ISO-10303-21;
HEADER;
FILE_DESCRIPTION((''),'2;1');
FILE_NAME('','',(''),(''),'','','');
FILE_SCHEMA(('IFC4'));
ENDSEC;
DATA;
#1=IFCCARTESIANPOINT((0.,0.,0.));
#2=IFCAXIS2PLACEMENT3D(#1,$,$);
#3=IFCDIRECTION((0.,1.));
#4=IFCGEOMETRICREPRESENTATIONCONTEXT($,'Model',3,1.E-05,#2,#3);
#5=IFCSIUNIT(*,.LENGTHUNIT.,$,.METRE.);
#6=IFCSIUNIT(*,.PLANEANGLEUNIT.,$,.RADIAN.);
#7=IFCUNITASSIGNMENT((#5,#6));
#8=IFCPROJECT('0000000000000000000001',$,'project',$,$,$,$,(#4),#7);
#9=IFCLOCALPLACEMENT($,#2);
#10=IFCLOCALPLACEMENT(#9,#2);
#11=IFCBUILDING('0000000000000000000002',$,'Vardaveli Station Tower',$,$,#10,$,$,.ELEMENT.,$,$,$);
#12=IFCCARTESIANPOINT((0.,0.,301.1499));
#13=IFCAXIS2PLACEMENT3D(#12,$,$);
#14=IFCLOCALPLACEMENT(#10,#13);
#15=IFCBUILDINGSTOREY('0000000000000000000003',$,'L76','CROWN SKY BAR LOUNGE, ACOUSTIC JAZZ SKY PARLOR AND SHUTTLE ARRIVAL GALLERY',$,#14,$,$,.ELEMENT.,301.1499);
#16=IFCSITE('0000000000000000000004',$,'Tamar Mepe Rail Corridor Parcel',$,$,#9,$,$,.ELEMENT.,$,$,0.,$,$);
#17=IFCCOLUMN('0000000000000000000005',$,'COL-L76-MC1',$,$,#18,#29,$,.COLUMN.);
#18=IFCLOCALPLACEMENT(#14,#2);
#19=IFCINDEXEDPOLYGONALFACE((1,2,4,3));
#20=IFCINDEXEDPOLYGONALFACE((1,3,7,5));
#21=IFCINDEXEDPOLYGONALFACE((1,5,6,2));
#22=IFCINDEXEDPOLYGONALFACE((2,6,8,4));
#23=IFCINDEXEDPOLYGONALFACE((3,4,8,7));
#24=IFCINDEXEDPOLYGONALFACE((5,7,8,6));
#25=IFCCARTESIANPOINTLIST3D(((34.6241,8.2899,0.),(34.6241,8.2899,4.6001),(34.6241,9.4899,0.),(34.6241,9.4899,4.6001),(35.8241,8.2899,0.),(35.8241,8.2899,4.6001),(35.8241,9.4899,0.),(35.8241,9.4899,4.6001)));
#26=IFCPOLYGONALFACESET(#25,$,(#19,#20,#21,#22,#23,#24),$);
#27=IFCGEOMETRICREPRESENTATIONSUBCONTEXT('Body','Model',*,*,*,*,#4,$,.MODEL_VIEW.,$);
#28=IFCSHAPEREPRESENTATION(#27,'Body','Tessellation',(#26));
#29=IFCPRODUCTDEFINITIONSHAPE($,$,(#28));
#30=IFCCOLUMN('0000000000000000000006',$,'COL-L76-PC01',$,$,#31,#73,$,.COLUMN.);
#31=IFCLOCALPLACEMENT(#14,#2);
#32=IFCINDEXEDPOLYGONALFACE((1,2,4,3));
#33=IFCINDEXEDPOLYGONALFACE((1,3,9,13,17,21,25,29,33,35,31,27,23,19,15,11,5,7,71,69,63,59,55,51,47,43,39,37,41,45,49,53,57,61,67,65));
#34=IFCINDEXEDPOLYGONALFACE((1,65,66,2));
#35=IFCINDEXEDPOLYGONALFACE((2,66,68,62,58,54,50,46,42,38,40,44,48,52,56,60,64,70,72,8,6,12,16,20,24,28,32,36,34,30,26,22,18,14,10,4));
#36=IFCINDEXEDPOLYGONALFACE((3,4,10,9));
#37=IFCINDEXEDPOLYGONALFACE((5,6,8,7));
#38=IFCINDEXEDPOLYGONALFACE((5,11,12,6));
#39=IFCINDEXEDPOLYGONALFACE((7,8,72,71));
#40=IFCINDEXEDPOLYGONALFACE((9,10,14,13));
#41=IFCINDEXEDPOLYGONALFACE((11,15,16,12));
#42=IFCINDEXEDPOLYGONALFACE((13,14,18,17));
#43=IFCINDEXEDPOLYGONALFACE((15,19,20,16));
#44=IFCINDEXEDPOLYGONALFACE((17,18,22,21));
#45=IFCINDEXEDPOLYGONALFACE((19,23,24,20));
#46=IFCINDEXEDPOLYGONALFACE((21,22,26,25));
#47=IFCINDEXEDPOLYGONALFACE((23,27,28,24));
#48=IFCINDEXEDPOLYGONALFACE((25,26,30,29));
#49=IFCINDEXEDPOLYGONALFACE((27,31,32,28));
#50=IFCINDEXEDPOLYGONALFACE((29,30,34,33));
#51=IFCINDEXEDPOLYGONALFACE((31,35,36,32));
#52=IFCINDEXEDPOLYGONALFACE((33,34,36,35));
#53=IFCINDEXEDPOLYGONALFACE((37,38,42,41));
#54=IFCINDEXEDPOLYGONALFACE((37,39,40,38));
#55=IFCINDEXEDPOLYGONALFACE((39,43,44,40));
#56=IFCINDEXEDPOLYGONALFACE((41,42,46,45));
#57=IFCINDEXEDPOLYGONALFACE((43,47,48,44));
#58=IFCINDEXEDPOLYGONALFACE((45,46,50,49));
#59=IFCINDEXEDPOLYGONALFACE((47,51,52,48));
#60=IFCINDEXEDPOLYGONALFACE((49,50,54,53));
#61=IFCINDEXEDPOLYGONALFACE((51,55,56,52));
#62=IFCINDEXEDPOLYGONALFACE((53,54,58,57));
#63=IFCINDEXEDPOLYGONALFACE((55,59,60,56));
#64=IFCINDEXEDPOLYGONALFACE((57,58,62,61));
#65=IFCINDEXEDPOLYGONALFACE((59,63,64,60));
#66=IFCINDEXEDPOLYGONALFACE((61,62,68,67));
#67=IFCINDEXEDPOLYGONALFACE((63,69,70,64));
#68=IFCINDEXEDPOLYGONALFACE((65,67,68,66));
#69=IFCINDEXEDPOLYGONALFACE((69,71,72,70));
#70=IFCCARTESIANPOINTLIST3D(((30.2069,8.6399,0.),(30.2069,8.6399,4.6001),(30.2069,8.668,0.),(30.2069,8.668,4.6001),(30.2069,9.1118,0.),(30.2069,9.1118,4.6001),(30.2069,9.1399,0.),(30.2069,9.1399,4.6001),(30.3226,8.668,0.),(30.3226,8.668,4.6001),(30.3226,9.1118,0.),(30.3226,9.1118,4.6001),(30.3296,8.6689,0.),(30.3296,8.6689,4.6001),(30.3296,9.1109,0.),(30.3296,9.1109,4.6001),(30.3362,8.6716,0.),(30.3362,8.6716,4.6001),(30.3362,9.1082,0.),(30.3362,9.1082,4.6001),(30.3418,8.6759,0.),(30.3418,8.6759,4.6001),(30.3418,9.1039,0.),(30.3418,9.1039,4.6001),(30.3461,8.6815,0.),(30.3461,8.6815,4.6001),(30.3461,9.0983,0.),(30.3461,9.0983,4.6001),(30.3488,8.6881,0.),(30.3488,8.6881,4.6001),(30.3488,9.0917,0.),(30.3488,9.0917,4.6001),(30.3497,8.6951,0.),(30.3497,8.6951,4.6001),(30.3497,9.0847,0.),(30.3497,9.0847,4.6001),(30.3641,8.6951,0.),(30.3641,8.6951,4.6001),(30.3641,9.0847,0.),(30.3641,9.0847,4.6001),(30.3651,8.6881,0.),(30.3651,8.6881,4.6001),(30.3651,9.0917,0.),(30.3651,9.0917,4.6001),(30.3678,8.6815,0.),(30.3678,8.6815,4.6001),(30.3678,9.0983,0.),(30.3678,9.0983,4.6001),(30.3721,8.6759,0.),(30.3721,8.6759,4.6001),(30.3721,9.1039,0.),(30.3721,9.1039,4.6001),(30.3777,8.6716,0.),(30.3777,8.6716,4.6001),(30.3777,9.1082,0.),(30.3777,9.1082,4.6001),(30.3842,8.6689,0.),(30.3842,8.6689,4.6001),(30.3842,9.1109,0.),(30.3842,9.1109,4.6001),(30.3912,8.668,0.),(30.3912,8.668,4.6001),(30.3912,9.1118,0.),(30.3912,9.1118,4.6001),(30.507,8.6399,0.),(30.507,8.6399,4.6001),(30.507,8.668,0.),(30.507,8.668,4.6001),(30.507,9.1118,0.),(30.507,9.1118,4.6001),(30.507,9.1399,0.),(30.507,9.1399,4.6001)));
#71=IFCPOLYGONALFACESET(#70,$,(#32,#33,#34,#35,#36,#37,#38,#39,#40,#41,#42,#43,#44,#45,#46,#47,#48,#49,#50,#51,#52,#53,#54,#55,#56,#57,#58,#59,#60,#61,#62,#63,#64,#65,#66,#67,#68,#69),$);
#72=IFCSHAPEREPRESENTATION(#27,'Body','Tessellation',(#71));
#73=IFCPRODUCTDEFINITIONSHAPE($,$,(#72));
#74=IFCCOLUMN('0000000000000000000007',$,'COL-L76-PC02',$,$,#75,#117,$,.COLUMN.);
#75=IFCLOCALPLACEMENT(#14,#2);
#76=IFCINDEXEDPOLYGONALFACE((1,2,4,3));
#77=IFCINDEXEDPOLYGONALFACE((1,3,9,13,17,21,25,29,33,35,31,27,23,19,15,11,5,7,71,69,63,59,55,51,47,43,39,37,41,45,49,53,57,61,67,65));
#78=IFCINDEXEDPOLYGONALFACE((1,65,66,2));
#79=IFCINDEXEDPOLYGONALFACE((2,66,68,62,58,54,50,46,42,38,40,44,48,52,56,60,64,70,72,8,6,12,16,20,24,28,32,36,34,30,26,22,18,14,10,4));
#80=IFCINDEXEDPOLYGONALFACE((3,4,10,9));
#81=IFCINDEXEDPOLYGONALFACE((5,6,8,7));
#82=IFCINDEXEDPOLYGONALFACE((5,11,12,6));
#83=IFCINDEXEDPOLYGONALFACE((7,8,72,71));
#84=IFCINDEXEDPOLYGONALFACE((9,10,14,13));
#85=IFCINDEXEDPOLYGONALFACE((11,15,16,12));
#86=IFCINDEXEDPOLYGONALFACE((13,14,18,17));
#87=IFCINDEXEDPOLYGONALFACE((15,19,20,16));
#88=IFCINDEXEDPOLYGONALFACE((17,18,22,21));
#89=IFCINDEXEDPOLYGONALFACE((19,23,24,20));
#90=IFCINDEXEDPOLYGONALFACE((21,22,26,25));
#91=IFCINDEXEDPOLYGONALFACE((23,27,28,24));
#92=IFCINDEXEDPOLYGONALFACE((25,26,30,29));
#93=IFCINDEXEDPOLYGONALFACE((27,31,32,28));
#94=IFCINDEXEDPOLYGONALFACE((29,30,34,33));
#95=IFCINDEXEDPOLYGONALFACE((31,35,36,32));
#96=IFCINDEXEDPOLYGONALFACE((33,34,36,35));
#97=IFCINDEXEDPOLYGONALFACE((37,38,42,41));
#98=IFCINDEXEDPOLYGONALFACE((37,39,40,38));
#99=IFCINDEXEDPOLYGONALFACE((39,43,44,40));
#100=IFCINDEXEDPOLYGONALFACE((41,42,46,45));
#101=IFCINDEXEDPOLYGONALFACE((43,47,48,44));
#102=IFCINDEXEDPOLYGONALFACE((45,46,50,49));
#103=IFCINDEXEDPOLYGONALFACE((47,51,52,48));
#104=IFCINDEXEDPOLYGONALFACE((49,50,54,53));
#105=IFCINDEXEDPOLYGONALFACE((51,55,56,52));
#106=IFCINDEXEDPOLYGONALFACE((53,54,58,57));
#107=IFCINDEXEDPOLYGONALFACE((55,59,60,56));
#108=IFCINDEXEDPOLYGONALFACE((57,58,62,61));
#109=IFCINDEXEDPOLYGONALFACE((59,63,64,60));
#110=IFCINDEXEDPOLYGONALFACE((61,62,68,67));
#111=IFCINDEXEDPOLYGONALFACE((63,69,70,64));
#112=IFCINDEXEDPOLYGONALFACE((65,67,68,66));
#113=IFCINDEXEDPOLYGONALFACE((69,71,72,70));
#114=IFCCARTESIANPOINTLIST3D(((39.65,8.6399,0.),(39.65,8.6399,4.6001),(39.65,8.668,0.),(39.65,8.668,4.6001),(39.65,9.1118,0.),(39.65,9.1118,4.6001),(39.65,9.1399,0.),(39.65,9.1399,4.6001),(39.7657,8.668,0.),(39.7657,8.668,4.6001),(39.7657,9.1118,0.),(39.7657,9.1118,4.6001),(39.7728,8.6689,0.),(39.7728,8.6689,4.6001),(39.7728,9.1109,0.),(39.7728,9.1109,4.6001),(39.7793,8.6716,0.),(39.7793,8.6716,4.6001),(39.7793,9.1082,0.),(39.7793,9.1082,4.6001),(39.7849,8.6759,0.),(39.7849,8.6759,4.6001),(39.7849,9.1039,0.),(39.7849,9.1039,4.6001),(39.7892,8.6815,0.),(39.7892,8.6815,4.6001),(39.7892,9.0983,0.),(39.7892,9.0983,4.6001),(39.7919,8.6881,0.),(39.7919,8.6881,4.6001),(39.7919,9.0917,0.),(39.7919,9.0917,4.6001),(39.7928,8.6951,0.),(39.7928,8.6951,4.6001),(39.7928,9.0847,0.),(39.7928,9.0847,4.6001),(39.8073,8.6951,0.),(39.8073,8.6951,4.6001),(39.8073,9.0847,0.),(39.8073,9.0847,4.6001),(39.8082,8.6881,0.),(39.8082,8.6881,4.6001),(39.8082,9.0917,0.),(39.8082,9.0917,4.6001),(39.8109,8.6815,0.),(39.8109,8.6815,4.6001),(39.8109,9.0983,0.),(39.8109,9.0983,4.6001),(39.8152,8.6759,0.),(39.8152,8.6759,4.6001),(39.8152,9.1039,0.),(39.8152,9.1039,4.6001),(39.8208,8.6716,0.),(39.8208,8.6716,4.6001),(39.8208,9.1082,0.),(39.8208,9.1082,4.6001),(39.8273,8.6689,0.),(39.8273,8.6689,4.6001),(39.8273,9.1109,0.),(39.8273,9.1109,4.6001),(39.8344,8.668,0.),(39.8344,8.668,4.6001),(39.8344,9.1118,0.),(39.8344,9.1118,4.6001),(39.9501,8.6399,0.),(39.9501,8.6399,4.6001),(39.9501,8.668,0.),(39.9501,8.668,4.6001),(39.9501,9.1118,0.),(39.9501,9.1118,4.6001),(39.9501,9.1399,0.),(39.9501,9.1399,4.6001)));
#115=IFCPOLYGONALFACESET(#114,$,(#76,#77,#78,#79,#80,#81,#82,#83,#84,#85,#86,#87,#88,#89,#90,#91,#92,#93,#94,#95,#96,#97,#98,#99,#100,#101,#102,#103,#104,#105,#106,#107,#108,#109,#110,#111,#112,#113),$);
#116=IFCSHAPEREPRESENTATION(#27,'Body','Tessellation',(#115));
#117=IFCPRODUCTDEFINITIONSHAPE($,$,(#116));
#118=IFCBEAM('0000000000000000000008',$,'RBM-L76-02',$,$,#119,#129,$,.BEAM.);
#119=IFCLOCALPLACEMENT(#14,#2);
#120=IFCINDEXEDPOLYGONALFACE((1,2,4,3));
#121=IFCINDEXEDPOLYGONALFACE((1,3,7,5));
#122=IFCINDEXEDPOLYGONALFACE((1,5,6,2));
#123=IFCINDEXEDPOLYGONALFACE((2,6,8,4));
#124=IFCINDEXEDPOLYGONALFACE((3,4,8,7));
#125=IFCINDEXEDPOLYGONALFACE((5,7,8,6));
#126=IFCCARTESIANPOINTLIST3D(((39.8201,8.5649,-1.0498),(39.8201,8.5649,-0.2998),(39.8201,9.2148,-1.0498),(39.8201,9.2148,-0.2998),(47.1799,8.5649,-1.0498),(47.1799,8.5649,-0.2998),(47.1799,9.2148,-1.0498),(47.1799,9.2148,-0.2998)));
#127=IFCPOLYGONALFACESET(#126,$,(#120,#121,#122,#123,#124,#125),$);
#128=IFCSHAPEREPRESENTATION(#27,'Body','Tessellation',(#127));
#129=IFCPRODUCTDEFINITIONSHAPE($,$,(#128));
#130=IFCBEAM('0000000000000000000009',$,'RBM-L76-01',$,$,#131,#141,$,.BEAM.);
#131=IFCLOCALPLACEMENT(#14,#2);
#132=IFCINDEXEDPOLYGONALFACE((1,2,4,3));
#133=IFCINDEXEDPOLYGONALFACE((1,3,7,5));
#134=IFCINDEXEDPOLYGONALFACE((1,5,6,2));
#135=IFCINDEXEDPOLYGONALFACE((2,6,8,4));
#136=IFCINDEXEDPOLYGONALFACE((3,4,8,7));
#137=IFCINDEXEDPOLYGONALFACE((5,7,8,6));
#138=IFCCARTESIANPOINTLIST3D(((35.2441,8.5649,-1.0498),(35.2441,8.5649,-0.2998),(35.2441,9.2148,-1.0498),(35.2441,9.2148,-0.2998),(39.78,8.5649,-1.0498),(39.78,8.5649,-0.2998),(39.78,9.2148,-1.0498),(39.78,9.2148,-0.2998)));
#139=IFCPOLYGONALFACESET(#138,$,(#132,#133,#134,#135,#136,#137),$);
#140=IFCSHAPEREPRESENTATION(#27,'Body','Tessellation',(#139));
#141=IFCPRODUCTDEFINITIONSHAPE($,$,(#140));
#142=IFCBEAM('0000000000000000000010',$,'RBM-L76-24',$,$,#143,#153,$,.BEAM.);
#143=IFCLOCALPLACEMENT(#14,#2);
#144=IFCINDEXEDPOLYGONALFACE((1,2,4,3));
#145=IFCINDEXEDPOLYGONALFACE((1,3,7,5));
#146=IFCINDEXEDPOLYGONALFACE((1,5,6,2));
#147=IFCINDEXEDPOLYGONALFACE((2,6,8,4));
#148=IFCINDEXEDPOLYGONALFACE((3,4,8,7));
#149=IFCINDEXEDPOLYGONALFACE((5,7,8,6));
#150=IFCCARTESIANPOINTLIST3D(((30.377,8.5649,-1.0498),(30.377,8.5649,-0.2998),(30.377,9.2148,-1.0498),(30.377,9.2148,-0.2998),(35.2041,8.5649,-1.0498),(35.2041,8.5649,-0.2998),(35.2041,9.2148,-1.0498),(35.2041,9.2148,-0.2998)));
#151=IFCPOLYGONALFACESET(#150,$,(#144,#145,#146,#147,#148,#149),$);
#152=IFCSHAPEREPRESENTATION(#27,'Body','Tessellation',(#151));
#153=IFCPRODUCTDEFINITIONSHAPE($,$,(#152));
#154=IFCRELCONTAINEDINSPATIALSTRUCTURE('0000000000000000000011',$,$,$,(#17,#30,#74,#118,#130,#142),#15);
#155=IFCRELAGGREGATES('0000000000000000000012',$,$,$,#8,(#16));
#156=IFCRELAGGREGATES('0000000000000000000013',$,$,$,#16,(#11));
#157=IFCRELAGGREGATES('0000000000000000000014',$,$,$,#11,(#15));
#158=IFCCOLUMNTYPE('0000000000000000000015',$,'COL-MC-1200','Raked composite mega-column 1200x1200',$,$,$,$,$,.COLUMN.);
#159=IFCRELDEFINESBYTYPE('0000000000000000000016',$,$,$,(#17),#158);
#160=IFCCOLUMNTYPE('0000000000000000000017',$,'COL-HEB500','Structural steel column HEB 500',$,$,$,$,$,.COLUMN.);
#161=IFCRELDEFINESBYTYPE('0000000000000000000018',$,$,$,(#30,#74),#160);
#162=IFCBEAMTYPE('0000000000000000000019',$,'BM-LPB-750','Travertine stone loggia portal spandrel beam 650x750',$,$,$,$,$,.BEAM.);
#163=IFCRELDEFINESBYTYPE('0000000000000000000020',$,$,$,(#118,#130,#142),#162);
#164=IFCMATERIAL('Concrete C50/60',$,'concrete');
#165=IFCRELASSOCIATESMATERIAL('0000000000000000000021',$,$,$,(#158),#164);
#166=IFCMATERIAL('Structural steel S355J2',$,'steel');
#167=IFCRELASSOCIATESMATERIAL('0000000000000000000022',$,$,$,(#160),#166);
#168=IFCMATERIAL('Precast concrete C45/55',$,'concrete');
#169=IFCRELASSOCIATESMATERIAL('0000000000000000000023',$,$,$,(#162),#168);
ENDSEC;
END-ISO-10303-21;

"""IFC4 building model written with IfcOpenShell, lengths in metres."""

from ifc_helpers import new_model, si_unit, direction, frame, origin, origin_2d, place, context, subcontext, project, spatial, rectangle, i_section, extrude, source, transform, mapped, material, material_profile, profile_set, type_object, element, save


model = new_model("IFC4")

# Units and contexts
model_context = context("Model", 3, precision=1e-05, world=origin(), true_north=direction((0.0, 1.0)))
body_context = subcontext(model_context, "Body", "Model", "MODEL_VIEW")
ifc_project = project(units=[si_unit("LENGTHUNIT", "METRE"), si_unit("PLANEANGLEUNIT", "RADIAN")], contexts=[model_context])

# Site, building, storey
site_placement = place(None, origin())
site = spatial("IfcSite", under=ifc_project, at=site_placement, Name="Tamar Mepe Rail Corridor Parcel", CompositionType="ELEMENT", RefElevation=0.0)
building_placement = place(site_placement, origin())
building = spatial("IfcBuilding", under=site, at=building_placement, Name="Vardaveli Station Tower", CompositionType="ELEMENT")
storey_placement = place(building_placement, frame((0.0, 0.0, 301.1499)))
storey = spatial("IfcBuildingStorey", under=building, at=storey_placement, Name="L76", Description="CROWN SKY BAR LOUNGE, ACOUSTIC JAZZ SKY PARLOR AND SHUTTLE ARRIVAL GALLERY", CompositionType="ELEMENT", Elevation=301.1499)

# Columns
ifc_material_1 = material(Name="Concrete C50/60", Category="concrete")
ifc_material_profile_1 = material_profile(ifc_material_1, rectangle(XDim=1.2, YDim=1.2, at=origin_2d()), Name="MC 1200x1200")
ifc_profile_set_1 = profile_set([ifc_material_profile_1], Name="Concrete C50/60")
column_type_1 = type_object("IfcColumnType", Name="COL-MC-1200", Description="Raked composite mega-column 1200x1200", PredefinedType="COLUMN", material=ifc_profile_set_1)
shared_shape_1 = source(origin(), body_context, "Body", "SweptSolid", [
    extrude(rectangle(XDim=1.2, YDim=1.2, at=origin_2d()), origin(), (0.0, 0.0, 1.0), 4.6001),
])
column_placement = place(storey_placement, frame((35.2241, 8.8899, 0.0), z_axis=(0.0, 0.0, 1.0), x_axis=(1.0, 0.0, 0.0)))
element("IfcColumn", 1, at=column_placement, inside=storey, type_object=column_type_1, Name="COL-L76-MC1", PredefinedType="COLUMN", context=body_context, shape_type="MappedRepresentation", body=[
    mapped(shared_shape_1, transform((0.0, 0.0, 0.0), scale=1.0)),
])
ifc_material_2 = material(Name="Structural steel S355J2", Category="steel")
ifc_material_profile_2 = material_profile(ifc_material_2, i_section(OverallWidth=0.3, OverallDepth=0.5, WebThickness=0.0144, FlangeThickness=0.0281, FilletRadius=0.0271, at=origin_2d()), Name="HEB 500")
ifc_profile_set_2 = profile_set([ifc_material_profile_2], Name="Structural steel S355J2")
column_type_2 = type_object("IfcColumnType", Name="COL-HEB500", Description="Structural steel column HEB 500", PredefinedType="COLUMN", material=ifc_profile_set_2)
shared_shape_2 = source(origin(), body_context, "Body", "SweptSolid", [
    extrude(i_section(OverallWidth=0.3, OverallDepth=0.5, WebThickness=0.0144, FlangeThickness=0.0281, FilletRadius=0.0271, at=origin_2d()), origin(), (0.0, 0.0, 1.0), 4.6001),
])
for number, where, z_axis, x_axis, name in (
    (2, (30.3569, 8.8899, 0.0), (0.0, 0.0, 1.0), (1.0, 0.0, 0.0), "COL-L76-PC01"),
    (3, (39.8, 8.8899, 0.0), (0.0, 0.0, 1.0), (1.0, 0.0, 0.0), "COL-L76-PC02"),
):
    element("IfcColumn", number, at=place(storey_placement, frame(where, z_axis=z_axis, x_axis=x_axis)), inside=storey, type_object=column_type_2, Name=name, PredefinedType="COLUMN", context=body_context, shape_type="MappedRepresentation", body=[
        mapped(shared_shape_2, transform((0.0, 0.0, 0.0), scale=1.0)),
    ])

# Beams
ifc_material_3 = material(Name="Precast concrete C45/55", Category="concrete")
ifc_material_profile_3 = material_profile(ifc_material_3, rectangle(XDim=0.6499, YDim=0.75, at=origin_2d()), Name="LPB 650x750")
ifc_profile_set_3 = profile_set([ifc_material_profile_3], Name="Precast concrete C45/55")
beam_type_1 = type_object("IfcBeamType", Name="BM-LPB-750", Description="Travertine stone loggia portal spandrel beam 650x750", PredefinedType="BEAM", material=ifc_profile_set_3)
shared_shape_3 = source(origin(), body_context, "Body", "SweptSolid", [
    extrude(rectangle(XDim=0.6499, YDim=0.75, at=origin_2d()), origin(), (0.0, 0.0, 1.0), 7.3599),
])
beam_1_placement = place(storey_placement, frame((39.8201, 8.8899, -0.6748), z_axis=(1.0, 0.0, 0.0), x_axis=(0.0, 1.0, 0.0)))
element("IfcBeam", 4, at=beam_1_placement, inside=storey, type_object=beam_type_1, Name="RBM-L76-02", PredefinedType="BEAM", context=body_context, shape_type="MappedRepresentation", body=[
    mapped(shared_shape_3, transform((0.0, 0.0, 0.0), scale=1.0)),
])
shared_shape_4 = source(origin(), body_context, "Body", "SweptSolid", [
    extrude(rectangle(XDim=0.6499, YDim=0.75, at=origin_2d()), origin(), (0.0, 0.0, 1.0), 4.5359),
])
beam_2_placement = place(storey_placement, frame((35.2441, 8.8899, -0.6748), z_axis=(1.0, 0.0, 0.0), x_axis=(0.0, 1.0, 0.0)))
element("IfcBeam", 5, at=beam_2_placement, inside=storey, type_object=beam_type_1, Name="RBM-L76-01", PredefinedType="BEAM", context=body_context, shape_type="MappedRepresentation", body=[
    mapped(shared_shape_4, transform((0.0, 0.0, 0.0), scale=1.0)),
])
shared_shape_5 = source(origin(), body_context, "Body", "SweptSolid", [
    extrude(rectangle(XDim=0.6499, YDim=0.75, at=origin_2d()), origin(), (0.0, 0.0, 1.0), 4.8271),
])
beam_3_placement = place(storey_placement, frame((30.377, 8.8899, -0.6748), z_axis=(1.0, 0.0, 0.0), x_axis=(0.0, 1.0, 0.0)))
element("IfcBeam", 6, at=beam_3_placement, inside=storey, type_object=beam_type_1, Name="RBM-L76-24", PredefinedType="BEAM", context=body_context, shape_type="MappedRepresentation", body=[
    mapped(shared_shape_5, transform((0.0, 0.0, 0.0), scale=1.0)),
])

save(model, "model.ifc")
